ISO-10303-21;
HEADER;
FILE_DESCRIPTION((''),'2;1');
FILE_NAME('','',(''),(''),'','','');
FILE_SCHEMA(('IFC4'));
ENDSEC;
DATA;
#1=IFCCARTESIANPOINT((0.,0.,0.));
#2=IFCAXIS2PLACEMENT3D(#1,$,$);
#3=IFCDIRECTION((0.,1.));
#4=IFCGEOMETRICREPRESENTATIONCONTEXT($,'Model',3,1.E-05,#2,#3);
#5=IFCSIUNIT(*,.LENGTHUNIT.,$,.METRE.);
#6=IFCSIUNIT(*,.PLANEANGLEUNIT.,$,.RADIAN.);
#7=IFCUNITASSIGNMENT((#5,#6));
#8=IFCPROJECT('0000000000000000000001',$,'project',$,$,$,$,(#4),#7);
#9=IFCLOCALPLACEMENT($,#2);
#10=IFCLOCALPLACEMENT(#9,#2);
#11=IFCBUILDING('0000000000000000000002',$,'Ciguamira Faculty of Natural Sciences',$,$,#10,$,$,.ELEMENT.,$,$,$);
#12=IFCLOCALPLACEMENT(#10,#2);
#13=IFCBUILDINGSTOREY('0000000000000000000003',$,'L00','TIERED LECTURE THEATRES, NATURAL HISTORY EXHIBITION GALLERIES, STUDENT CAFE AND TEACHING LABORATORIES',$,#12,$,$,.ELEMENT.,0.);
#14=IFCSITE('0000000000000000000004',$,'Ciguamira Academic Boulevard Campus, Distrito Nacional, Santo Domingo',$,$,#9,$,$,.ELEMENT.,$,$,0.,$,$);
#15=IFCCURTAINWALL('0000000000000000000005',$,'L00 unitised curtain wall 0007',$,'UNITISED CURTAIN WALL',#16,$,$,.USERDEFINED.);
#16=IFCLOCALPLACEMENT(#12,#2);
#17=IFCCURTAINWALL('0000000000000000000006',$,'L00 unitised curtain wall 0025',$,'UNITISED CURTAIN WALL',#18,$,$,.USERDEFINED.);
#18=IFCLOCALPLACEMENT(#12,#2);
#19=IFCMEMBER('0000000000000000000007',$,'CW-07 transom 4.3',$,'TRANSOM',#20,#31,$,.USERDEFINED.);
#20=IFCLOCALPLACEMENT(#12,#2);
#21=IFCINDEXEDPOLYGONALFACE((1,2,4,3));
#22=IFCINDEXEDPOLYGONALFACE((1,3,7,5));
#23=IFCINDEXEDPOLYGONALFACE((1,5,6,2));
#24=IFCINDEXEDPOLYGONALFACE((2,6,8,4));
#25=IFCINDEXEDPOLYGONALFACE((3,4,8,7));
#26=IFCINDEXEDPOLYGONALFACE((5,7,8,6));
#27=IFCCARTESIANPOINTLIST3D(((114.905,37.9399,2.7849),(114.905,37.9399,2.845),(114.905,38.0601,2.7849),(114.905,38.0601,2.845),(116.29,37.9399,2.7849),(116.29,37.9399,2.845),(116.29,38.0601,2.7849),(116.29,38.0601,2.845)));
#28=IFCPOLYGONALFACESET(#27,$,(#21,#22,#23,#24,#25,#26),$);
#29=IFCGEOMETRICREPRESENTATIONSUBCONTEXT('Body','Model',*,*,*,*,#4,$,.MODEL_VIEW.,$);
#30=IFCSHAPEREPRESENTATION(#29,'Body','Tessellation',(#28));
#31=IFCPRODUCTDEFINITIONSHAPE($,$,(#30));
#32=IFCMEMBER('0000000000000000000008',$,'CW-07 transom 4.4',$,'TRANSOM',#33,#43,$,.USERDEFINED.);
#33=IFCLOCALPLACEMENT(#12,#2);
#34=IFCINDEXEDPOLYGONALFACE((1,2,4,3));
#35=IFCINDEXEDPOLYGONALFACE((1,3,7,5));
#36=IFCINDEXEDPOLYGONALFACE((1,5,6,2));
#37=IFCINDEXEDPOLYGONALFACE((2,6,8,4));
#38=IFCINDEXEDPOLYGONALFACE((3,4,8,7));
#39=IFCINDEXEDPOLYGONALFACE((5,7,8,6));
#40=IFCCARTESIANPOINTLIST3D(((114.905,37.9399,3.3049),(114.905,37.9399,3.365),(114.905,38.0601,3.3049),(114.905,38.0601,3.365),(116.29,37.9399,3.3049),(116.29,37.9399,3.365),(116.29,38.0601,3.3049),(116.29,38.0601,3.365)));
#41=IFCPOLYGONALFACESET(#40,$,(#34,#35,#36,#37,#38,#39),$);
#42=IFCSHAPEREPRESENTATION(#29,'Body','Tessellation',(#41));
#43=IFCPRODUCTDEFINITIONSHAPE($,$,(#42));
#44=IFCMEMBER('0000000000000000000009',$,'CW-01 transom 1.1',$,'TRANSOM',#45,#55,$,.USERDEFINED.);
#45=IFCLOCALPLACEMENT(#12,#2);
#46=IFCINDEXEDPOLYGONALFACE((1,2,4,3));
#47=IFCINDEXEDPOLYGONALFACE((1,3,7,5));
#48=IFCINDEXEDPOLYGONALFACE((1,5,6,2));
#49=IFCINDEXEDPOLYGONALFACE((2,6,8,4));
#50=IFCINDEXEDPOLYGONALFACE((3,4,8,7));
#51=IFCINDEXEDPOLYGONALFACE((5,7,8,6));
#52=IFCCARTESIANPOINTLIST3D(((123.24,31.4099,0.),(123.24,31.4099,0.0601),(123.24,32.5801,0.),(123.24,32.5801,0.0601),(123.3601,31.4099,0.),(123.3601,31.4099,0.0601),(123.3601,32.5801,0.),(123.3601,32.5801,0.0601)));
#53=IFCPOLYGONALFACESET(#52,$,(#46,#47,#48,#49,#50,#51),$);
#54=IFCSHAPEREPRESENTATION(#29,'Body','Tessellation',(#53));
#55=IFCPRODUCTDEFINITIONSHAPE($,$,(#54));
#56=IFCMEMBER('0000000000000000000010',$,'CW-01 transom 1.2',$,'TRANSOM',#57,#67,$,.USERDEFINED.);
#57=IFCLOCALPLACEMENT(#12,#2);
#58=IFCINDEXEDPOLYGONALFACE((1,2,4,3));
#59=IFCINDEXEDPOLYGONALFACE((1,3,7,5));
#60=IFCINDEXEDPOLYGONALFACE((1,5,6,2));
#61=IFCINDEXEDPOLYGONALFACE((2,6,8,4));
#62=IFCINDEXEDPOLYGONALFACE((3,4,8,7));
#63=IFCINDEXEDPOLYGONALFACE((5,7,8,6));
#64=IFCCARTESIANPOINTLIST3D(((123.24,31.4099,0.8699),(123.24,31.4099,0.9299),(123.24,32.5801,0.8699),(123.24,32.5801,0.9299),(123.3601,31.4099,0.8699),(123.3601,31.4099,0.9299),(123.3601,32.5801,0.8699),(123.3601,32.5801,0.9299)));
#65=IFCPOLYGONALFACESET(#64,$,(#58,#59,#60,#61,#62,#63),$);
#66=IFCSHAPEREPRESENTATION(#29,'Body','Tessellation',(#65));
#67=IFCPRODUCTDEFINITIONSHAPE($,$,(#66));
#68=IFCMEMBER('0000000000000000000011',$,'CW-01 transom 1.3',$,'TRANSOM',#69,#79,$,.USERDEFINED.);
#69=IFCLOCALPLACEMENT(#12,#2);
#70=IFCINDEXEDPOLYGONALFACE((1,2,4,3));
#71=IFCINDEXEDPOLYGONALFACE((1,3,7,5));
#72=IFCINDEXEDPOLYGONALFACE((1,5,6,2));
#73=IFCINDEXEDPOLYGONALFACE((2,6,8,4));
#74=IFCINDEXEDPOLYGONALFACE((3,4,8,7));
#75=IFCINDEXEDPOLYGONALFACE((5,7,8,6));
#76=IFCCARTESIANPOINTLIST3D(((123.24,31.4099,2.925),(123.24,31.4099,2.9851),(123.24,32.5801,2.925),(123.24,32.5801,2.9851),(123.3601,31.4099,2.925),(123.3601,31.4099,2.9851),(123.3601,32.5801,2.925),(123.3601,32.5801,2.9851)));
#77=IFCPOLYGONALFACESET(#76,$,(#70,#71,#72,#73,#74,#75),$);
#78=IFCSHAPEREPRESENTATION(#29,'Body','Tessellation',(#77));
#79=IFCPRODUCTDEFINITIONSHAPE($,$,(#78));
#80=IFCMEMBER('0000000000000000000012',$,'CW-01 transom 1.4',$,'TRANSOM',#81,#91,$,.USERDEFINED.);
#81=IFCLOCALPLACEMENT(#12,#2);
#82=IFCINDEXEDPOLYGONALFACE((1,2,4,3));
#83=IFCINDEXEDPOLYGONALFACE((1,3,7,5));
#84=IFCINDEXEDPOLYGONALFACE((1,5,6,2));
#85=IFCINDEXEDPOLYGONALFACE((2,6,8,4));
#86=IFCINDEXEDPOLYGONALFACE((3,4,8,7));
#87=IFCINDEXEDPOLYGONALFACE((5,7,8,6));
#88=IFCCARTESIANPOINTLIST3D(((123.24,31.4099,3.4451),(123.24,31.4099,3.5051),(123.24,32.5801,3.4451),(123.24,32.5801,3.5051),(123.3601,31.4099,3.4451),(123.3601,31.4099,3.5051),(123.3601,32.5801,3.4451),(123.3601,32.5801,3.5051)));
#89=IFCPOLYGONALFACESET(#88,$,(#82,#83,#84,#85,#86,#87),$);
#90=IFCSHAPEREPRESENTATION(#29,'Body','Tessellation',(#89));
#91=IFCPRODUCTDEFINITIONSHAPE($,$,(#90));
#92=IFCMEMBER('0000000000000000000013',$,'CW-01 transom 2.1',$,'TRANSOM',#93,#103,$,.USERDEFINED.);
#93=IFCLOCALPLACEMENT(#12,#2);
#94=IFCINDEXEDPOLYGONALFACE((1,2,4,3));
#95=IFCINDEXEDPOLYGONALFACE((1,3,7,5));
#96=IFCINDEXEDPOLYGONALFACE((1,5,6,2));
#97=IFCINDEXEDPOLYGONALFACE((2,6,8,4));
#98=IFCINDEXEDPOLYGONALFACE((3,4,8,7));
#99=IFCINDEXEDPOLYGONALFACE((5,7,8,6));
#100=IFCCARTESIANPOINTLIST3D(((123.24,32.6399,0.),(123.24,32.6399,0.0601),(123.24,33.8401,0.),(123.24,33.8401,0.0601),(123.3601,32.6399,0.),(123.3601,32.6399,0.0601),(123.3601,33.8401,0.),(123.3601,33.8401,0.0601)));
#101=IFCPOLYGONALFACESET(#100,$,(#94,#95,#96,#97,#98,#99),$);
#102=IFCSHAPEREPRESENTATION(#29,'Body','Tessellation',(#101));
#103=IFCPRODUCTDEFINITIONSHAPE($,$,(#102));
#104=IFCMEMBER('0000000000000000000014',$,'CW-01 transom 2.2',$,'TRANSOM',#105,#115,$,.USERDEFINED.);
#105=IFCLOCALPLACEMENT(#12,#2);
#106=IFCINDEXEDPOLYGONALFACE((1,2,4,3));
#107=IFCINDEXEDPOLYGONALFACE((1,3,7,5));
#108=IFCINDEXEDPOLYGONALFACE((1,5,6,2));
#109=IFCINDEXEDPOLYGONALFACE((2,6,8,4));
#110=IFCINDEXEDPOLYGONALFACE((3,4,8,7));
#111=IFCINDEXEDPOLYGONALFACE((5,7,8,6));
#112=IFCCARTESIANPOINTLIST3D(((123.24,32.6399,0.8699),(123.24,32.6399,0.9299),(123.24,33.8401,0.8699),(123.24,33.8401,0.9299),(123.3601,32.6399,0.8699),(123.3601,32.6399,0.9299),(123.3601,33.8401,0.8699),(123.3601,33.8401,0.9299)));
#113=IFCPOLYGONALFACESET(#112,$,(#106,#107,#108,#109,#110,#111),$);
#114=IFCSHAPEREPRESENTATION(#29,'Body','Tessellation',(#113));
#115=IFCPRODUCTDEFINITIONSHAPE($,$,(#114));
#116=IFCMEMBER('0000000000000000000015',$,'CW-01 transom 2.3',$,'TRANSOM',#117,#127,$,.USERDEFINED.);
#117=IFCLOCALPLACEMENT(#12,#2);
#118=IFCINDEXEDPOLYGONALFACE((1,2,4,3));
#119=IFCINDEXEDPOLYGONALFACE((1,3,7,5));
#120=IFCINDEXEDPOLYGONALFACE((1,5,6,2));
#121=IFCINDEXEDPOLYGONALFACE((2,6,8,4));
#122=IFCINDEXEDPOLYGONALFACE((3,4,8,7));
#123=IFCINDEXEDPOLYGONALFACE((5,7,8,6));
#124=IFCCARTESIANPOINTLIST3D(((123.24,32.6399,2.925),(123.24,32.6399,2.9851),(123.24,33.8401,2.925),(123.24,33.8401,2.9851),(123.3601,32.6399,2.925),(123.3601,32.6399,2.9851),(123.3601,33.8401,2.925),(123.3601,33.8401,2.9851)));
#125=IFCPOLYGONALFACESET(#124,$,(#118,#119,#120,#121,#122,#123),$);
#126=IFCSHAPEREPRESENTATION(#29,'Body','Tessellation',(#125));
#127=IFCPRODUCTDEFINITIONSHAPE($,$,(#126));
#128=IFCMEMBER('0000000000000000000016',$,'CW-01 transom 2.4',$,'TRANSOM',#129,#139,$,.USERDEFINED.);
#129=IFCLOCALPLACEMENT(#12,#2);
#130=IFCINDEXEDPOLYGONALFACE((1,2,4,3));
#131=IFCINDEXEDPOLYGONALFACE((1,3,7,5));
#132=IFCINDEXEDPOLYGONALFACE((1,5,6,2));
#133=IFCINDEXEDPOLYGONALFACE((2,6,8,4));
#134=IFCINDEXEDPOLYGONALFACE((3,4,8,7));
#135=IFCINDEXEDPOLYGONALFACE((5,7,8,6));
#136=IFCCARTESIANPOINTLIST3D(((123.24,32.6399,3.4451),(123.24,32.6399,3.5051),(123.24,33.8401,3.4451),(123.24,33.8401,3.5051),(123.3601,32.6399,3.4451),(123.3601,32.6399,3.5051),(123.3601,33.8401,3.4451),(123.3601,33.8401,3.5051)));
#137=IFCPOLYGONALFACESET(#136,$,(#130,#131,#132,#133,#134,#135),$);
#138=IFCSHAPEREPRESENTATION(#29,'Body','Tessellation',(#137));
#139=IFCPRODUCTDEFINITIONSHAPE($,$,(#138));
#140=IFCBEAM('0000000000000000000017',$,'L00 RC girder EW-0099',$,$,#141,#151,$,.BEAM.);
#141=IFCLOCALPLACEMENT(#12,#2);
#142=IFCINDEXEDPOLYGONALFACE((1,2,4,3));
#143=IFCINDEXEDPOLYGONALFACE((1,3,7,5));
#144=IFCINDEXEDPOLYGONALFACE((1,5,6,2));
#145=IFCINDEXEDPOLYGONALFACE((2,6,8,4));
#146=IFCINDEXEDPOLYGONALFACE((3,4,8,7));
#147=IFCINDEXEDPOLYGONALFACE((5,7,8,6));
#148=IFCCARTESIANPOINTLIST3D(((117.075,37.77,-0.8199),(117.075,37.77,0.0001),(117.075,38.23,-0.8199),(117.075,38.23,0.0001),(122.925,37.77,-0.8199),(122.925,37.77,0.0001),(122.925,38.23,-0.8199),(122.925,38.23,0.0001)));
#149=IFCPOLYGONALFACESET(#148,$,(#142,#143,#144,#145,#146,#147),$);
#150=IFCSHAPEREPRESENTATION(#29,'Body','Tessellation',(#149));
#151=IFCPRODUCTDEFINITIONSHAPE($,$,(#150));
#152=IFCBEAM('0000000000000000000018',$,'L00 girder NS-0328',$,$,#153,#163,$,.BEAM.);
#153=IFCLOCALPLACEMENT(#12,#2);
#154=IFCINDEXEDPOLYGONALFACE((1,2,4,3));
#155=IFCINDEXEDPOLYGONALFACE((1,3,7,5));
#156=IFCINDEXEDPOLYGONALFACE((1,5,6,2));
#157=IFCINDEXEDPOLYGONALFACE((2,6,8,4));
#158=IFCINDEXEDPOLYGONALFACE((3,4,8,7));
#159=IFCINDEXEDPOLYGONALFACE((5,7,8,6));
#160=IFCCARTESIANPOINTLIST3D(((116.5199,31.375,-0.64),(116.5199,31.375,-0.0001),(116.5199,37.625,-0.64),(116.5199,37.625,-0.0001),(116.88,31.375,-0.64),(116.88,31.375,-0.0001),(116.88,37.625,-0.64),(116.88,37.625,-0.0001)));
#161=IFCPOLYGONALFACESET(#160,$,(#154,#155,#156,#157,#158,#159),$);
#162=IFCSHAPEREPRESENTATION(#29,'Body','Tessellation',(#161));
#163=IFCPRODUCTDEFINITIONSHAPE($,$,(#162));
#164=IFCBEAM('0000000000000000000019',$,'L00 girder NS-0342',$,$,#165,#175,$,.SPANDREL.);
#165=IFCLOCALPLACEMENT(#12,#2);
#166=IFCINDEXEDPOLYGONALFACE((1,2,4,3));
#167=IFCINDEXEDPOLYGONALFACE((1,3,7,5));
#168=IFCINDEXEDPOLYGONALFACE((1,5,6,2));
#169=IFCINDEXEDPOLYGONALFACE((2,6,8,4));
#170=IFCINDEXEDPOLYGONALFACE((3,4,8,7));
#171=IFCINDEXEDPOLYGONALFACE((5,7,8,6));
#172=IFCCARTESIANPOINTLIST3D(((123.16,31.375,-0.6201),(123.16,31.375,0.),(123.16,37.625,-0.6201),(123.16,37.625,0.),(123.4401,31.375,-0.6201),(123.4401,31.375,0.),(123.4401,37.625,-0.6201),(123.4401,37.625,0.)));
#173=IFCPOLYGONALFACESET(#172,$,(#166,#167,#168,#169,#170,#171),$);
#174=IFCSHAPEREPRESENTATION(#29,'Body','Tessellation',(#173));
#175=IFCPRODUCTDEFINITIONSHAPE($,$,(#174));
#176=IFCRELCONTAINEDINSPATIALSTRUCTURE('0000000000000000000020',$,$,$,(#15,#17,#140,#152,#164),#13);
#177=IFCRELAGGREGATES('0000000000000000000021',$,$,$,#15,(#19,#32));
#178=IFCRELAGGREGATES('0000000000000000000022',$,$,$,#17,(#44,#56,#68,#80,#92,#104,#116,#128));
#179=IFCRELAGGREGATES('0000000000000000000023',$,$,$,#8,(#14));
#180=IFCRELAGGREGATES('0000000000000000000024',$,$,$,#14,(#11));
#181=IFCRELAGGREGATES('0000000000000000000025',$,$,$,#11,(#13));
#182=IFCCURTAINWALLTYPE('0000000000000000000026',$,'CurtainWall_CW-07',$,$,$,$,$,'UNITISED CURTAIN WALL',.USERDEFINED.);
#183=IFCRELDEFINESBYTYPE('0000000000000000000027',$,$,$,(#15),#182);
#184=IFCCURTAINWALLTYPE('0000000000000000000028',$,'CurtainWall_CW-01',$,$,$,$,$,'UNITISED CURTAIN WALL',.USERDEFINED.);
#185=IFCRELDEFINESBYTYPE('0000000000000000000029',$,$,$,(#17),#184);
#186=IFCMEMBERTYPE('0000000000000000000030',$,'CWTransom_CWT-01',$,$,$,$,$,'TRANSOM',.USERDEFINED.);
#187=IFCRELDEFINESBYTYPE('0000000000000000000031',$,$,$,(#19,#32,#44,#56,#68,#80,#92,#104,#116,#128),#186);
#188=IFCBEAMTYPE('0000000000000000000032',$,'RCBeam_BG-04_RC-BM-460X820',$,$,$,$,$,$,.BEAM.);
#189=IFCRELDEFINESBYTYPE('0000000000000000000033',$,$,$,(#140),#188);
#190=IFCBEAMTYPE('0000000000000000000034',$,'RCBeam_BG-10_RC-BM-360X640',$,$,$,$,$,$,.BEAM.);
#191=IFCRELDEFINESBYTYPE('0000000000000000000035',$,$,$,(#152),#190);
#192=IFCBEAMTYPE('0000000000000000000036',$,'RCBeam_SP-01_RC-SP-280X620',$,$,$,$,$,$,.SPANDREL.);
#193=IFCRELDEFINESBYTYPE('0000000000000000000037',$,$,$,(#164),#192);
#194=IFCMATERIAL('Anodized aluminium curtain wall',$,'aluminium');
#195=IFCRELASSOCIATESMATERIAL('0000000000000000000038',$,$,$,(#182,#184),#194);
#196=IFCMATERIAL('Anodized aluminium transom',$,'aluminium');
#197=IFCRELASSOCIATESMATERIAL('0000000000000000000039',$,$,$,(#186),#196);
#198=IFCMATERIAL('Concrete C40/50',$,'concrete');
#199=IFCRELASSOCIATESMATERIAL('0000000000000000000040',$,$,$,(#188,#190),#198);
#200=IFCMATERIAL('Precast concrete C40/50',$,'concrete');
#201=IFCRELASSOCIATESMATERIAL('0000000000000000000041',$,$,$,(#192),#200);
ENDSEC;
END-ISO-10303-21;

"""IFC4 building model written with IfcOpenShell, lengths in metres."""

from ifc_helpers import new_model, si_unit, direction, frame, origin, origin_2d, place, context, subcontext, project, spatial, rectangle, extrude, material, material_profile, profile_set, type_object, element, aggregate, save


model = new_model("IFC4")

# Units and contexts
model_context = context("Model", 3, precision=1e-05, world=origin(), true_north=direction((0.0, 1.0)))
body_context = subcontext(model_context, "Body", "Model", "MODEL_VIEW")
ifc_project = project(units=[si_unit("LENGTHUNIT", "METRE"), si_unit("PLANEANGLEUNIT", "RADIAN")], contexts=[model_context])

# Site, building, storey
site_placement = place(None, origin())
site = spatial("IfcSite", under=ifc_project, at=site_placement, Name="Ciguamira Academic Boulevard Campus, Distrito Nacional, Santo Domingo", CompositionType="ELEMENT", RefElevation=0.0)
building_placement = place(site_placement, origin())
building = spatial("IfcBuilding", under=site, at=building_placement, Name="Ciguamira Faculty of Natural Sciences", CompositionType="ELEMENT")
storey_placement = place(building_placement, origin())
storey = spatial("IfcBuildingStorey", under=building, at=storey_placement, Name="L00", Description="TIERED LECTURE THEATRES, NATURAL HISTORY EXHIBITION GALLERIES, STUDENT CAFE AND TEACHING LABORATORIES", CompositionType="ELEMENT", Elevation=0.0)

# Shared definitions
ifc_material_1 = material(Name="Concrete C40/50", Category="concrete")

# Curtain walls
ifc_material_2 = material(Name="Anodized aluminium curtain wall", Category="aluminium")
curtain_wall_type_1 = type_object("IfcCurtainWallType", Name="CurtainWall_CW-07", ElementType="UNITISED CURTAIN WALL", PredefinedType="USERDEFINED", material=ifc_material_2)
curtain_wall_1_placement = place(storey_placement, origin())
curtain_wall_1 = element("IfcCurtainWall", 1, at=curtain_wall_1_placement, inside=storey, type_object=curtain_wall_type_1, Name="L00 unitised curtain wall 0007", ObjectType="UNITISED CURTAIN WALL", PredefinedType="USERDEFINED")
curtain_wall_type_2 = type_object("IfcCurtainWallType", Name="CurtainWall_CW-01", ElementType="UNITISED CURTAIN WALL", PredefinedType="USERDEFINED", material=ifc_material_2)
curtain_wall_2_placement = place(storey_placement, origin())
curtain_wall_2 = element("IfcCurtainWall", 2, at=curtain_wall_2_placement, inside=storey, type_object=curtain_wall_type_2, Name="L00 unitised curtain wall 0025", ObjectType="UNITISED CURTAIN WALL", PredefinedType="USERDEFINED")

# Members
ifc_material_3 = material(Name="Anodized aluminium transom", Category="aluminium")
ifc_material_profile_1 = material_profile(ifc_material_3, rectangle(XDim=0.0601, YDim=0.1201, at=origin_2d()), Name="ALU-TRN-60X120")
ifc_profile_set_1 = profile_set([ifc_material_profile_1], Name="Anodized aluminium transom")
member_type_1 = type_object("IfcMemberType", Name="CWTransom_CWT-01", ElementType="TRANSOM", PredefinedType="USERDEFINED", material=ifc_profile_set_1)
member_1_placement = place(storey_placement, frame((114.905, 38.0, 2.8149), z_axis=(1.0, 0.0, 0.0), x_axis=(0.0, 0.0, 1.0)))
member_1 = element("IfcMember", 3, at=member_1_placement, type_object=member_type_1, Name="CW-07 transom 4.3", ObjectType="TRANSOM", PredefinedType="USERDEFINED", context=body_context, shape_type="SweptSolid", body=[
    extrude(rectangle(XDim=0.0601, YDim=0.1201, at=origin_2d()), origin(), (0.0, 0.0, 1.0), 1.385),
])
member_2_placement = place(storey_placement, frame((114.905, 38.0, 3.335), z_axis=(1.0, 0.0, 0.0), x_axis=(0.0, 0.0, 1.0)))
member_2 = element("IfcMember", 4, at=member_2_placement, type_object=member_type_1, Name="CW-07 transom 4.4", ObjectType="TRANSOM", PredefinedType="USERDEFINED", context=body_context, shape_type="SweptSolid", body=[
    extrude(rectangle(XDim=0.0601, YDim=0.1201, at=origin_2d()), origin(), (0.0, 0.0, 1.0), 1.385),
])
member_3_placement = place(storey_placement, frame((123.3, 31.4099, 0.03), z_axis=(0.0, 1.0, 0.0), x_axis=(0.0, 0.0, 1.0)))
member_3 = element("IfcMember", 5, at=member_3_placement, type_object=member_type_1, Name="CW-01 transom 1.1", ObjectType="TRANSOM", PredefinedType="USERDEFINED", context=body_context, shape_type="SweptSolid", body=[
    extrude(rectangle(XDim=0.0601, YDim=0.1201, at=origin_2d()), origin(), (0.0, 0.0, 1.0), 1.1702),
])
member_4_placement = place(storey_placement, frame((123.3, 31.4099, 0.8999), z_axis=(0.0, 1.0, 0.0), x_axis=(0.0, 0.0, 1.0)))
member_4 = element("IfcMember", 6, at=member_4_placement, type_object=member_type_1, Name="CW-01 transom 1.2", ObjectType="TRANSOM", PredefinedType="USERDEFINED", context=body_context, shape_type="SweptSolid", body=[
    extrude(rectangle(XDim=0.0601, YDim=0.1201, at=origin_2d()), origin(), (0.0, 0.0, 1.0), 1.1702),
])
member_5_placement = place(storey_placement, frame((123.3, 31.4099, 2.9551), z_axis=(0.0, 1.0, 0.0), x_axis=(0.0, 0.0, 1.0)))
member_5 = element("IfcMember", 7, at=member_5_placement, type_object=member_type_1, Name="CW-01 transom 1.3", ObjectType="TRANSOM", PredefinedType="USERDEFINED", context=body_context, shape_type="SweptSolid", body=[
    extrude(rectangle(XDim=0.0601, YDim=0.1201, at=origin_2d()), origin(), (0.0, 0.0, 1.0), 1.1702),
])
member_6_placement = place(storey_placement, frame((123.3, 31.4099, 3.4751), z_axis=(0.0, 1.0, 0.0), x_axis=(0.0, 0.0, 1.0)))
member_6 = element("IfcMember", 8, at=member_6_placement, type_object=member_type_1, Name="CW-01 transom 1.4", ObjectType="TRANSOM", PredefinedType="USERDEFINED", context=body_context, shape_type="SweptSolid", body=[
    extrude(rectangle(XDim=0.0601, YDim=0.1201, at=origin_2d()), origin(), (0.0, 0.0, 1.0), 1.1702),
])
member_7_placement = place(storey_placement, frame((123.3, 32.6399, 0.03), z_axis=(0.0, 1.0, 0.0), x_axis=(0.0, 0.0, 1.0)))
member_7 = element("IfcMember", 9, at=member_7_placement, type_object=member_type_1, Name="CW-01 transom 2.1", ObjectType="TRANSOM", PredefinedType="USERDEFINED", context=body_context, shape_type="SweptSolid", body=[
    extrude(rectangle(XDim=0.0601, YDim=0.1201, at=origin_2d()), origin(), (0.0, 0.0, 1.0), 1.2002),
])
member_8_placement = place(storey_placement, frame((123.3, 32.6399, 0.8999), z_axis=(0.0, 1.0, 0.0), x_axis=(0.0, 0.0, 1.0)))
member_8 = element("IfcMember", 10, at=member_8_placement, type_object=member_type_1, Name="CW-01 transom 2.2", ObjectType="TRANSOM", PredefinedType="USERDEFINED", context=body_context, shape_type="SweptSolid", body=[
    extrude(rectangle(XDim=0.0601, YDim=0.1201, at=origin_2d()), origin(), (0.0, 0.0, 1.0), 1.2002),
])
member_9_placement = place(storey_placement, frame((123.3, 32.6399, 2.9551), z_axis=(0.0, 1.0, 0.0), x_axis=(0.0, 0.0, 1.0)))
member_9 = element("IfcMember", 11, at=member_9_placement, type_object=member_type_1, Name="CW-01 transom 2.3", ObjectType="TRANSOM", PredefinedType="USERDEFINED", context=body_context, shape_type="SweptSolid", body=[
    extrude(rectangle(XDim=0.0601, YDim=0.1201, at=origin_2d()), origin(), (0.0, 0.0, 1.0), 1.2002),
])
member_10_placement = place(storey_placement, frame((123.3, 32.6399, 3.4751), z_axis=(0.0, 1.0, 0.0), x_axis=(0.0, 0.0, 1.0)))
member_10 = element("IfcMember", 12, at=member_10_placement, type_object=member_type_1, Name="CW-01 transom 2.4", ObjectType="TRANSOM", PredefinedType="USERDEFINED", context=body_context, shape_type="SweptSolid", body=[
    extrude(rectangle(XDim=0.0601, YDim=0.1201, at=origin_2d()), origin(), (0.0, 0.0, 1.0), 1.2002),
])

# Beams
ifc_material_profile_2 = material_profile(ifc_material_1, rectangle(XDim=0.46, YDim=0.8201, at=origin_2d()), Name="RC-BM-460X820")
ifc_profile_set_2 = profile_set([ifc_material_profile_2], Name="Concrete C40/50")
beam_type_1 = type_object("IfcBeamType", Name="RCBeam_BG-04_RC-BM-460X820", PredefinedType="BEAM", material=ifc_profile_set_2)
beam_1_placement = place(storey_placement, frame((117.075, 38.0, -0.4099), z_axis=(1.0, 0.0, 0.0), x_axis=(0.0, 1.0, 0.0)))
element("IfcBeam", 13, at=beam_1_placement, inside=storey, type_object=beam_type_1, Name="L00 RC girder EW-0099", PredefinedType="BEAM", context=body_context, shape_type="SweptSolid", body=[
    extrude(rectangle(XDim=0.46, YDim=0.8201, at=origin_2d()), origin(), (0.0, 0.0, 1.0), 5.8501),
])
ifc_material_profile_3 = material_profile(ifc_material_1, rectangle(XDim=0.3601, YDim=0.6399, at=origin_2d()), Name="RC-BM-360X640")
ifc_profile_set_3 = profile_set([ifc_material_profile_3], Name="Concrete C40/50")
beam_type_2 = type_object("IfcBeamType", Name="RCBeam_BG-10_RC-BM-360X640", PredefinedType="BEAM", material=ifc_profile_set_3)
beam_2_placement = place(storey_placement, frame((116.7, 31.375, -0.3201), z_axis=(0.0, 1.0, 0.0), x_axis=(-1.0, 0.0, 0.0)))
element("IfcBeam", 14, at=beam_2_placement, inside=storey, type_object=beam_type_2, Name="L00 girder NS-0328", PredefinedType="BEAM", context=body_context, shape_type="SweptSolid", body=[
    extrude(rectangle(XDim=0.3601, YDim=0.6399, at=origin_2d()), origin(), (0.0, 0.0, 1.0), 6.25),
])
ifc_material_4 = material(Name="Precast concrete C40/50", Category="concrete")
ifc_material_profile_4 = material_profile(ifc_material_4, rectangle(XDim=0.28, YDim=0.6201, at=origin_2d()), Name="RC-SP-280X620")
ifc_profile_set_4 = profile_set([ifc_material_profile_4], Name="Precast concrete C40/50")
beam_type_3 = type_object("IfcBeamType", Name="RCBeam_SP-01_RC-SP-280X620", PredefinedType="SPANDREL", material=ifc_profile_set_4)
beam_3_placement = place(storey_placement, frame((123.3, 31.375, -0.3101), z_axis=(0.0, 1.0, 0.0), x_axis=(-1.0, 0.0, 0.0)))
element("IfcBeam", 15, at=beam_3_placement, inside=storey, type_object=beam_type_3, Name="L00 girder NS-0342", PredefinedType="SPANDREL", context=body_context, shape_type="SweptSolid", body=[
    extrude(rectangle(XDim=0.28, YDim=0.6201, at=origin_2d()), origin(), (0.0, 0.0, 1.0), 6.25),
])

aggregate(curtain_wall_1, [member_1, member_2])
aggregate(curtain_wall_2, [member_3, member_4, member_5, member_6, member_7, member_8, member_9, member_10])

save(model, "model.ifc")
